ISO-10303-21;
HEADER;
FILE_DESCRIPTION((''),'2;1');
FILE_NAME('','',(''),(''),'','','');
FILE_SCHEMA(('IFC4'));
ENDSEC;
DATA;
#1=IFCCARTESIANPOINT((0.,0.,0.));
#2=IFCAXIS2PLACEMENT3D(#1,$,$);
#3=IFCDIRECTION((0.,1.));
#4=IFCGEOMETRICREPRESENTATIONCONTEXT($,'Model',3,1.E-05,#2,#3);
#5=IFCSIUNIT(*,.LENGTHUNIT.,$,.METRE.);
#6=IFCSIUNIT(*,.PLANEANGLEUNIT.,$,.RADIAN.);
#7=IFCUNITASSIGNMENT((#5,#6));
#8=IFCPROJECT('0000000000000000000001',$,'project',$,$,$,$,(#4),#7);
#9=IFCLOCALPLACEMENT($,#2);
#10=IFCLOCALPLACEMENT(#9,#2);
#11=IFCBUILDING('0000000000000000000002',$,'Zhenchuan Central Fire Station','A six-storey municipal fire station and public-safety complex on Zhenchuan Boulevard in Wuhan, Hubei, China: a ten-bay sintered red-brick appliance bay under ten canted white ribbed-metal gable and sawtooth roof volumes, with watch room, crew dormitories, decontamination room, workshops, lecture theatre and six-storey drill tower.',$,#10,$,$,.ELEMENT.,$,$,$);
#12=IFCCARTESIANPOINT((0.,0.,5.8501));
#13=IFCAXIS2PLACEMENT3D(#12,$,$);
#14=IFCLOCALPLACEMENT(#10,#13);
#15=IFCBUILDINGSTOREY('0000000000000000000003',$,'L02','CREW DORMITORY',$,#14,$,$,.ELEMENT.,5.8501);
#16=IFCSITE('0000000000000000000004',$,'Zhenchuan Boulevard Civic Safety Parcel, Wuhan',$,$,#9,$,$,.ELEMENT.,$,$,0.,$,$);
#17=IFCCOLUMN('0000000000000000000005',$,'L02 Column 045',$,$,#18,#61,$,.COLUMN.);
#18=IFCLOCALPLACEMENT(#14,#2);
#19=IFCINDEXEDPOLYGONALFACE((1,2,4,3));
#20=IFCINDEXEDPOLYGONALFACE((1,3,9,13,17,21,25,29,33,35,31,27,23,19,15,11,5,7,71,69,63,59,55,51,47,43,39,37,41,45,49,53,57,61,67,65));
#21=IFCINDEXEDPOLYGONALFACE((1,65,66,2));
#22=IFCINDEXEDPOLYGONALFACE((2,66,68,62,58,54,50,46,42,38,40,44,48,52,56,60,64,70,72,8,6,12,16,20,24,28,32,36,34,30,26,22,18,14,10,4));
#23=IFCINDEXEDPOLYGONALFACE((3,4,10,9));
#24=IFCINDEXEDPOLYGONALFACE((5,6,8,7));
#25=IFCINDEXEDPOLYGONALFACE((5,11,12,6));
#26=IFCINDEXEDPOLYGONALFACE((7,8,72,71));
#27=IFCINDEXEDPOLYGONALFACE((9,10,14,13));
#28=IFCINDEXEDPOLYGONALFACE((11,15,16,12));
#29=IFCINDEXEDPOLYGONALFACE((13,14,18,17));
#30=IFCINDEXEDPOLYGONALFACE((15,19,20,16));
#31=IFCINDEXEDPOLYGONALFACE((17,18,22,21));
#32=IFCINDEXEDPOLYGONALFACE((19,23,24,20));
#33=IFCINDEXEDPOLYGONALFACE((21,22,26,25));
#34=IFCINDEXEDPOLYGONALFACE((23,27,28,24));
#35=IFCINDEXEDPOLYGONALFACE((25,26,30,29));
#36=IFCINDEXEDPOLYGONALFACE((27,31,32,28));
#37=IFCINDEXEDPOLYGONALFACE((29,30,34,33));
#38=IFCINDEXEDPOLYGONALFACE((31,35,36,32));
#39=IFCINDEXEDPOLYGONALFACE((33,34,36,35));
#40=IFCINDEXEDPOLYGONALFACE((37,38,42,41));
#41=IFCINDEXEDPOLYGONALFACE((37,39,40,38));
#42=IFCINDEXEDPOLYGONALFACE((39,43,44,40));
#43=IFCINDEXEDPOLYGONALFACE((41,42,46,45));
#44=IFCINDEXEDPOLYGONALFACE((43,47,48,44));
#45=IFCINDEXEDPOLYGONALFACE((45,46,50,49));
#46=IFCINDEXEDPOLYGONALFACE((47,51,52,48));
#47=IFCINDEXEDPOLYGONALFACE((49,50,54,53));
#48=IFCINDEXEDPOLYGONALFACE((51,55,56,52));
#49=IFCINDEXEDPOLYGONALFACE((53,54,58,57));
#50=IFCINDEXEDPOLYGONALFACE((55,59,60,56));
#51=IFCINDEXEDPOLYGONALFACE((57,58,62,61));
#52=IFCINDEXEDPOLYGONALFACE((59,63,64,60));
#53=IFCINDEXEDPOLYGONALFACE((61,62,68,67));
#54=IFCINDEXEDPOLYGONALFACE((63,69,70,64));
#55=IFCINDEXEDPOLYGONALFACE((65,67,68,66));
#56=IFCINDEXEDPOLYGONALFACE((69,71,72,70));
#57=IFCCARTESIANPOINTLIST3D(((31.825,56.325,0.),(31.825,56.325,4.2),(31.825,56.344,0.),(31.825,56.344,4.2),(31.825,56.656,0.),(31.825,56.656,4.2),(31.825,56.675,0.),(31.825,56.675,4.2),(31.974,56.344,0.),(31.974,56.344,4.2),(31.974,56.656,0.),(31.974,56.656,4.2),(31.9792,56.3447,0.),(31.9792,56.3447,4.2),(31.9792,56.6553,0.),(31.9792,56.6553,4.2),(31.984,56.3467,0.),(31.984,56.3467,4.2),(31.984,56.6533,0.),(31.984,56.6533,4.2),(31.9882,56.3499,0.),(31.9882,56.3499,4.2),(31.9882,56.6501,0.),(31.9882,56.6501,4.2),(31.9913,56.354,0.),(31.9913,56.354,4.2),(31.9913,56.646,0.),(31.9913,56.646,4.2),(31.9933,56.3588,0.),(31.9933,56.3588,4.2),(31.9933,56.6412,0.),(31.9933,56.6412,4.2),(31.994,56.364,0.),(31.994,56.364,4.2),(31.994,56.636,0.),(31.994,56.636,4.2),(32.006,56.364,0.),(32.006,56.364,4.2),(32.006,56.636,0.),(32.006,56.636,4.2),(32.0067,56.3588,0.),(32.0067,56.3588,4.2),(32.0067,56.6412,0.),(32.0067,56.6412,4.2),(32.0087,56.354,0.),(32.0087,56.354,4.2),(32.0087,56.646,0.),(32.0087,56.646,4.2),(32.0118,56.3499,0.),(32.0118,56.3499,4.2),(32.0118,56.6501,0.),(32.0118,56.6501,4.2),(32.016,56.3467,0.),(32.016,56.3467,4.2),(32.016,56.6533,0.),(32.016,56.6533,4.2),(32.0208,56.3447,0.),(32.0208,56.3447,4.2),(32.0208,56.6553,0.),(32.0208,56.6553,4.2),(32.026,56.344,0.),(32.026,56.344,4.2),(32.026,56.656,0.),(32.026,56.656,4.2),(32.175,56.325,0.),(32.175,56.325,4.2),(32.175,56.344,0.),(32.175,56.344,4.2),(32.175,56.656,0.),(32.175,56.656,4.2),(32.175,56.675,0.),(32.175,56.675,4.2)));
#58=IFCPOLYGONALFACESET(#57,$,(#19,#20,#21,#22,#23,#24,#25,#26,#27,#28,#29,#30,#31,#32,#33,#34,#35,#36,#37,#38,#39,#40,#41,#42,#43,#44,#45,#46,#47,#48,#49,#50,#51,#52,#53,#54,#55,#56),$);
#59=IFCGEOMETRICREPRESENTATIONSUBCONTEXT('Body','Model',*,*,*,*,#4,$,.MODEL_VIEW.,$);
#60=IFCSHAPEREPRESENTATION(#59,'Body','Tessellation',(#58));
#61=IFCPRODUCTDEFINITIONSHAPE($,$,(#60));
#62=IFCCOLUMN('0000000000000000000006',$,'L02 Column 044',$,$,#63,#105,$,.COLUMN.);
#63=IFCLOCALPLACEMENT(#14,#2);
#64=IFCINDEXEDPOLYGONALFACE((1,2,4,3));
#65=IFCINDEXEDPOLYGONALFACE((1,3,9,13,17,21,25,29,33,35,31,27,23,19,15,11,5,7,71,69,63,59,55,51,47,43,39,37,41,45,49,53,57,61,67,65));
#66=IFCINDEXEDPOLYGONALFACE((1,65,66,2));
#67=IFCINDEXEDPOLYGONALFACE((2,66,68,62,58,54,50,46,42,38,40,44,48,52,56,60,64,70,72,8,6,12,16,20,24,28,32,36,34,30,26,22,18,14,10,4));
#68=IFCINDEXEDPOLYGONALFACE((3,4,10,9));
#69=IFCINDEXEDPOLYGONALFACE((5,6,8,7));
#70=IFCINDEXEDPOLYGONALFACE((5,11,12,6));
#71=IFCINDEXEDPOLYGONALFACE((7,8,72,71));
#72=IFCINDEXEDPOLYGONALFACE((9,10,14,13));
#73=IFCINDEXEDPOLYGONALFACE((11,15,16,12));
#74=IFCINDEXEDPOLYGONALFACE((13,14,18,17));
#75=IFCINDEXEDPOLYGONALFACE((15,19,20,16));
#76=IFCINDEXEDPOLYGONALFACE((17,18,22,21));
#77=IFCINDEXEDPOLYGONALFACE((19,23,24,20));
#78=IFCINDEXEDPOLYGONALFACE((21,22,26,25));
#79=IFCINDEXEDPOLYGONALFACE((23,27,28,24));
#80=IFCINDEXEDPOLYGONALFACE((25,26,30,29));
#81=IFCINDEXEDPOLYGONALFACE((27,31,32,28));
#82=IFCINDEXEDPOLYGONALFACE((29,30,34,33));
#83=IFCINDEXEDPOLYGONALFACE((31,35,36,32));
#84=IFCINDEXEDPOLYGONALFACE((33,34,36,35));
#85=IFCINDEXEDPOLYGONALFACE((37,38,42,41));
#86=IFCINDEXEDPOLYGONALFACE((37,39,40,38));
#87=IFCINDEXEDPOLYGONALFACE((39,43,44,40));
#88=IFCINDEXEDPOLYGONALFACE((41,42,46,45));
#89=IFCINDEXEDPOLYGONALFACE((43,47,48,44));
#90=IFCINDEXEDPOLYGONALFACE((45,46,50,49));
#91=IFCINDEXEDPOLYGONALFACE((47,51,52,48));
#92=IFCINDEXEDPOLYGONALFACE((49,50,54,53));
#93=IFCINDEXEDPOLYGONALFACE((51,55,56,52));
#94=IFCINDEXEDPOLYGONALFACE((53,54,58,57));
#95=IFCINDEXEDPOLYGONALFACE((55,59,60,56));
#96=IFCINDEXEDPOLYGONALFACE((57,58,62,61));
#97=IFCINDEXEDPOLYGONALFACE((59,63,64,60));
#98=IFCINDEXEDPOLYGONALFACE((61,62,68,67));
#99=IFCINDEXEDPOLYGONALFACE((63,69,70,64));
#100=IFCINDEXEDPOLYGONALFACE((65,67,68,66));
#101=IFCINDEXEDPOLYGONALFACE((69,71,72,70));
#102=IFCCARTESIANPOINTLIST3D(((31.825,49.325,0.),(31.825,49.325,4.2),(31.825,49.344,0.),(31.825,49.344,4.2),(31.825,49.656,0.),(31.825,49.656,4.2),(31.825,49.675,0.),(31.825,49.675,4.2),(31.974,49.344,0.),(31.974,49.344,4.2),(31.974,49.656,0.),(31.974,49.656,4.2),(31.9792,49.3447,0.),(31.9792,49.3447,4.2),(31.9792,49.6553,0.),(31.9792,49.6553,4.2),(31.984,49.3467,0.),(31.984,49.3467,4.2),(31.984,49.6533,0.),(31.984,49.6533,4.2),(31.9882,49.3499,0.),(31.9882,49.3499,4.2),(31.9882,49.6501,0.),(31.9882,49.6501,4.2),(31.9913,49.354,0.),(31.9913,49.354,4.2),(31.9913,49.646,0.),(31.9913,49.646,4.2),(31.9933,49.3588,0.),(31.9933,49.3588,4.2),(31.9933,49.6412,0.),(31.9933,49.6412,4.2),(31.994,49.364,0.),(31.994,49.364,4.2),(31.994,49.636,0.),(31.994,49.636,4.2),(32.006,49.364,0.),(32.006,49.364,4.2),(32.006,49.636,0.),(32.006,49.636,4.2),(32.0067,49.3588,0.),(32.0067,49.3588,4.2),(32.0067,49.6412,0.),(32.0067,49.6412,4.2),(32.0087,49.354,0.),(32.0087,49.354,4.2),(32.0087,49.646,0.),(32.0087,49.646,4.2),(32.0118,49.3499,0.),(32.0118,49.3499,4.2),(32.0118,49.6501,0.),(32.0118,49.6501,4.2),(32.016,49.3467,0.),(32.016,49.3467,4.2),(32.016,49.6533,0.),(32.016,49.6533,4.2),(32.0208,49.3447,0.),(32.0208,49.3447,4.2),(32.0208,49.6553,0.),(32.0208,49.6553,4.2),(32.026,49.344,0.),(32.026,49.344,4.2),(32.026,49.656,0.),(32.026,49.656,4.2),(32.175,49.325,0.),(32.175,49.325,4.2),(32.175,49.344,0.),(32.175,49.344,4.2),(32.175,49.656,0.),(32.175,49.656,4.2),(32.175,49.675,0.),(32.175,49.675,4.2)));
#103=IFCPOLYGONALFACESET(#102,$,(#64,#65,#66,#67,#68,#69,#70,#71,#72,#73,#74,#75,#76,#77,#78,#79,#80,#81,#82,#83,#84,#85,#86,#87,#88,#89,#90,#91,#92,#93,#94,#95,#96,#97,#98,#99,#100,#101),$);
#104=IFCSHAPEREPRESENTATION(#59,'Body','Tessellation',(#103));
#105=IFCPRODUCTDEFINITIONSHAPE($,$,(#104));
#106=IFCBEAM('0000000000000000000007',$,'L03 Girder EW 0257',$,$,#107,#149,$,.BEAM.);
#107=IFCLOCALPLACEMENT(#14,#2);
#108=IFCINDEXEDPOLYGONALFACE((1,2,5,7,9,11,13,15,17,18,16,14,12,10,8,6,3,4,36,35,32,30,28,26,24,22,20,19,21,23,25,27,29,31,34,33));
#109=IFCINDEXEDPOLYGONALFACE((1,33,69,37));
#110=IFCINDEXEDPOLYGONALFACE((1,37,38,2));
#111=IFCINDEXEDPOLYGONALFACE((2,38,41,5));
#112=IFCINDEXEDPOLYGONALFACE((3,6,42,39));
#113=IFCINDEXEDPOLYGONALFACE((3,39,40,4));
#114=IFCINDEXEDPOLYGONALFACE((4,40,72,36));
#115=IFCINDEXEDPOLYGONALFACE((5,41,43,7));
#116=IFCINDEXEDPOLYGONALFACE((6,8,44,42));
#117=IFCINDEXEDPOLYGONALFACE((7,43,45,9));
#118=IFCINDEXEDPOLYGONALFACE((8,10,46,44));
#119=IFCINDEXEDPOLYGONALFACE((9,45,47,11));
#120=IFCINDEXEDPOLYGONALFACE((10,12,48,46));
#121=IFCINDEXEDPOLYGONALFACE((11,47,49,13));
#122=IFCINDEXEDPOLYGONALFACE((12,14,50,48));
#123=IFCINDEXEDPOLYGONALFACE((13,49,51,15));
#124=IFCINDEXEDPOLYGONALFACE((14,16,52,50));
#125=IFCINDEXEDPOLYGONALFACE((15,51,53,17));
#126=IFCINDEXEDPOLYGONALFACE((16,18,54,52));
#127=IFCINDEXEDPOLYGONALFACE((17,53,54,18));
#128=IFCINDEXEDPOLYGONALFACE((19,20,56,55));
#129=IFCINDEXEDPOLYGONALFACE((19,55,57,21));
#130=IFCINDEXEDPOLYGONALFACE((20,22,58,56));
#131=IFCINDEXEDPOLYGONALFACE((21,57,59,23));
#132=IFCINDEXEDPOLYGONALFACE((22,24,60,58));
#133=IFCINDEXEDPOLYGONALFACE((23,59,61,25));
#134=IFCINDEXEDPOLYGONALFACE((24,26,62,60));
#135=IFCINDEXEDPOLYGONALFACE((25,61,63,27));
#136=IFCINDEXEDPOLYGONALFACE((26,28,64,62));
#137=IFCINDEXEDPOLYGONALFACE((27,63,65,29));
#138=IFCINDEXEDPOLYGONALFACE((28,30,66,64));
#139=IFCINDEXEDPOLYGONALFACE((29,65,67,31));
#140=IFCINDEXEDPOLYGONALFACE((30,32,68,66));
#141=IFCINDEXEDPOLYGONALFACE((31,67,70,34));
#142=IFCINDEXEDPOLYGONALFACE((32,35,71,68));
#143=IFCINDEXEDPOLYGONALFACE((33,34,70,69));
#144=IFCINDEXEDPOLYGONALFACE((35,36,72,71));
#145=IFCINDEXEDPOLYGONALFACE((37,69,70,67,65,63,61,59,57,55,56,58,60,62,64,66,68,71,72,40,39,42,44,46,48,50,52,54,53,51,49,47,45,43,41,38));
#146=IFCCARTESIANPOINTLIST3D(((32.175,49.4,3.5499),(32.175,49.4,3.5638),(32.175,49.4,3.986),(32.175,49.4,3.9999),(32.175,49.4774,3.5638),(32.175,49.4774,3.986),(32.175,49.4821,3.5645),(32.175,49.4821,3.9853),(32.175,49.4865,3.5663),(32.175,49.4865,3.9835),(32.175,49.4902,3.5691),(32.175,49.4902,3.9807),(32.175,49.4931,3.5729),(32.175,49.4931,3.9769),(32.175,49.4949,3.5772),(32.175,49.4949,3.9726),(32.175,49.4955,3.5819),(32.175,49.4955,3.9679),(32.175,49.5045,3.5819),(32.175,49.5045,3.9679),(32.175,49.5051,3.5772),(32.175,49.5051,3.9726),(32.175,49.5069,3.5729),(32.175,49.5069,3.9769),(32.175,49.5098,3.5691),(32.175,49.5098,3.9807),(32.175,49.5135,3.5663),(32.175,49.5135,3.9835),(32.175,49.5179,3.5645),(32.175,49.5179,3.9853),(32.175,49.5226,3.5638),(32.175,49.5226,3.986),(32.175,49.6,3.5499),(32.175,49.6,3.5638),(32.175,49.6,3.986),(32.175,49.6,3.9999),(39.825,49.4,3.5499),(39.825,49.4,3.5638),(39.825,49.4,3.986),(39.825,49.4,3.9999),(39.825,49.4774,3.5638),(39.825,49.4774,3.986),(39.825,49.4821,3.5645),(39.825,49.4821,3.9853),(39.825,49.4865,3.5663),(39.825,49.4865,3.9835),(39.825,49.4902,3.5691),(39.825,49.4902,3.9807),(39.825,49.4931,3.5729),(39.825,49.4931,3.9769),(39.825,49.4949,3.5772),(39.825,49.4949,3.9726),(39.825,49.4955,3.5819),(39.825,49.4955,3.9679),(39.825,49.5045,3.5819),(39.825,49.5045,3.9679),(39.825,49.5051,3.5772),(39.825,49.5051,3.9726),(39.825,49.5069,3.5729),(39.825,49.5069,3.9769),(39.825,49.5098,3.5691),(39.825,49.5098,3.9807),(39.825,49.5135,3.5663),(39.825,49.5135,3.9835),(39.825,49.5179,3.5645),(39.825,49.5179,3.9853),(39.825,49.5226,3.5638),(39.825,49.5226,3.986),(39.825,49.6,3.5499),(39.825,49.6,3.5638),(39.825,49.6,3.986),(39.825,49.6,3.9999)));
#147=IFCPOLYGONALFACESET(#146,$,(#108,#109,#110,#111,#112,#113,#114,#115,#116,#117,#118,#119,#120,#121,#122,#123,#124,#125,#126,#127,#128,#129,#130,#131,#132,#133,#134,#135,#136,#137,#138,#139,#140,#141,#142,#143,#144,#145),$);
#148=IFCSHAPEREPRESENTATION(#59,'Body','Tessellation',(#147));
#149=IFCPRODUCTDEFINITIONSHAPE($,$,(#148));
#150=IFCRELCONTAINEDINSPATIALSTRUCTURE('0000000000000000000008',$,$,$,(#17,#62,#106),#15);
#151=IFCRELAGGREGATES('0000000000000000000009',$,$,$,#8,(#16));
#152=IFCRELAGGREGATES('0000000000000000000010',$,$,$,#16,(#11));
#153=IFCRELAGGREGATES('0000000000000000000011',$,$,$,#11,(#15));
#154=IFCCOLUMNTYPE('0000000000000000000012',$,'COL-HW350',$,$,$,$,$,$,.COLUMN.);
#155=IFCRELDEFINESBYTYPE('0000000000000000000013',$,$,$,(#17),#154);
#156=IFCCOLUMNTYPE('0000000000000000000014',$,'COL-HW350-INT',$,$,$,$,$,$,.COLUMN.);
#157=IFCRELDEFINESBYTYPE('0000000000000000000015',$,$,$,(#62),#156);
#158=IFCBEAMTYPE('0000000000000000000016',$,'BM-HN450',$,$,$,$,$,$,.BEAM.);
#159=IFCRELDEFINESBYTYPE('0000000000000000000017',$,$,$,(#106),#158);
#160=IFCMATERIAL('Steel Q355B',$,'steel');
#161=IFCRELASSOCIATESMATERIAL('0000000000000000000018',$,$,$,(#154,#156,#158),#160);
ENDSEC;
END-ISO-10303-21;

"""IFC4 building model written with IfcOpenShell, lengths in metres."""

from ifc_helpers import new_model, si_unit, direction, frame, origin, origin_2d, place, context, subcontext, project, spatial, i_section, extrude, material, material_profile, profile_set, type_object, element, save


model = new_model("IFC4")

# Units and contexts
model_context = context("Model", 3, precision=1e-05, world=origin(), true_north=direction((0.0, 1.0)))
body_context = subcontext(model_context, "Body", "Model", "MODEL_VIEW")
ifc_project = project(units=[si_unit("LENGTHUNIT", "METRE"), si_unit("PLANEANGLEUNIT", "RADIAN")], contexts=[model_context])

# Site, building, storey
site_placement = place(None, origin())
site = spatial("IfcSite", under=ifc_project, at=site_placement, Name="Zhenchuan Boulevard Civic Safety Parcel, Wuhan", CompositionType="ELEMENT", RefElevation=0.0)
building_placement = place(site_placement, origin())
building = spatial("IfcBuilding", under=site, at=building_placement, Name="Zhenchuan Central Fire Station", Description="A six-storey municipal fire station and public-safety complex on Zhenchuan Boulevard in Wuhan, Hubei, China: a ten-bay sintered red-brick appliance bay under ten canted white ribbed-metal gable and sawtooth roof volumes, with watch room, crew dormitories, decontamination room, workshops, lecture theatre and six-storey drill tower.", CompositionType="ELEMENT")
storey_placement = place(building_placement, frame((0.0, 0.0, 5.8501)))
storey = spatial("IfcBuildingStorey", under=building, at=storey_placement, Name="L02", Description="CREW DORMITORY", CompositionType="ELEMENT", Elevation=5.8501)

# Columns
ifc_material_1 = material(Name="Steel Q355B", Category="steel")
ifc_material_profile_1 = material_profile(ifc_material_1, i_section(OverallWidth=0.3501, OverallDepth=0.3501, WebThickness=0.012, FlangeThickness=0.019, FilletRadius=0.02, at=origin_2d()), Name="HW 350x350")
ifc_profile_set_1 = profile_set([ifc_material_profile_1], Name="Steel Q355B")
column_type_1 = type_object("IfcColumnType", Name="COL-HW350", PredefinedType="COLUMN", material=ifc_profile_set_1)
column_1_placement = place(storey_placement, frame((32.0, 56.5, 0.0), z_axis=(0.0, 0.0, 1.0), x_axis=(1.0, 0.0, 0.0)))
element("IfcColumn", 1, at=column_1_placement, inside=storey, type_object=column_type_1, Name="L02 Column 045", PredefinedType="COLUMN", context=body_context, shape_type="SweptSolid", body=[
    extrude(i_section(OverallWidth=0.3501, OverallDepth=0.3501, WebThickness=0.012, FlangeThickness=0.019, FilletRadius=0.02, at=origin_2d()), origin(), (0.0, 0.0, 1.0), 4.2),
])
ifc_material_profile_2 = material_profile(ifc_material_1, i_section(OverallWidth=0.3501, OverallDepth=0.3501, WebThickness=0.012, FlangeThickness=0.019, FilletRadius=0.02, at=origin_2d()), Name="HW 350x350")
ifc_profile_set_2 = profile_set([ifc_material_profile_2], Name="Steel Q355B")
column_type_2 = type_object("IfcColumnType", Name="COL-HW350-INT", PredefinedType="COLUMN", material=ifc_profile_set_2)
column_2_placement = place(storey_placement, frame((32.0, 49.5, 0.0), z_axis=(0.0, 0.0, 1.0), x_axis=(1.0, 0.0, 0.0)))
element("IfcColumn", 2, at=column_2_placement, inside=storey, type_object=column_type_2, Name="L02 Column 044", PredefinedType="COLUMN", context=body_context, shape_type="SweptSolid", body=[
    extrude(i_section(OverallWidth=0.3501, OverallDepth=0.3501, WebThickness=0.012, FlangeThickness=0.019, FilletRadius=0.02, at=origin_2d()), origin(), (0.0, 0.0, 1.0), 4.2),
])

# Beam
ifc_material_profile_3 = material_profile(ifc_material_1, i_section(OverallWidth=0.2, OverallDepth=0.45, WebThickness=0.009, FlangeThickness=0.0139, FilletRadius=0.0181, at=origin_2d()), Name="HN 450x200")
ifc_profile_set_3 = profile_set([ifc_material_profile_3], Name="Steel Q355B")
beam_type_1 = type_object("IfcBeamType", Name="BM-HN450", PredefinedType="BEAM", material=ifc_profile_set_3)
beam_1_placement = place(storey_placement, frame((32.175, 49.5, 3.7749), z_axis=(1.0, 0.0, 0.0), x_axis=(0.0, 1.0, 0.0)))
element("IfcBeam", 3, at=beam_1_placement, inside=storey, type_object=beam_type_1, Name="L03 Girder EW 0257", PredefinedType="BEAM", context=body_context, shape_type="SweptSolid", body=[
    extrude(i_section(OverallWidth=0.2, OverallDepth=0.45, WebThickness=0.009, FlangeThickness=0.0139, FilletRadius=0.0181, at=origin_2d()), origin(), (0.0, 0.0, 1.0), 7.6499),
])

save(model, "model.ifc")
